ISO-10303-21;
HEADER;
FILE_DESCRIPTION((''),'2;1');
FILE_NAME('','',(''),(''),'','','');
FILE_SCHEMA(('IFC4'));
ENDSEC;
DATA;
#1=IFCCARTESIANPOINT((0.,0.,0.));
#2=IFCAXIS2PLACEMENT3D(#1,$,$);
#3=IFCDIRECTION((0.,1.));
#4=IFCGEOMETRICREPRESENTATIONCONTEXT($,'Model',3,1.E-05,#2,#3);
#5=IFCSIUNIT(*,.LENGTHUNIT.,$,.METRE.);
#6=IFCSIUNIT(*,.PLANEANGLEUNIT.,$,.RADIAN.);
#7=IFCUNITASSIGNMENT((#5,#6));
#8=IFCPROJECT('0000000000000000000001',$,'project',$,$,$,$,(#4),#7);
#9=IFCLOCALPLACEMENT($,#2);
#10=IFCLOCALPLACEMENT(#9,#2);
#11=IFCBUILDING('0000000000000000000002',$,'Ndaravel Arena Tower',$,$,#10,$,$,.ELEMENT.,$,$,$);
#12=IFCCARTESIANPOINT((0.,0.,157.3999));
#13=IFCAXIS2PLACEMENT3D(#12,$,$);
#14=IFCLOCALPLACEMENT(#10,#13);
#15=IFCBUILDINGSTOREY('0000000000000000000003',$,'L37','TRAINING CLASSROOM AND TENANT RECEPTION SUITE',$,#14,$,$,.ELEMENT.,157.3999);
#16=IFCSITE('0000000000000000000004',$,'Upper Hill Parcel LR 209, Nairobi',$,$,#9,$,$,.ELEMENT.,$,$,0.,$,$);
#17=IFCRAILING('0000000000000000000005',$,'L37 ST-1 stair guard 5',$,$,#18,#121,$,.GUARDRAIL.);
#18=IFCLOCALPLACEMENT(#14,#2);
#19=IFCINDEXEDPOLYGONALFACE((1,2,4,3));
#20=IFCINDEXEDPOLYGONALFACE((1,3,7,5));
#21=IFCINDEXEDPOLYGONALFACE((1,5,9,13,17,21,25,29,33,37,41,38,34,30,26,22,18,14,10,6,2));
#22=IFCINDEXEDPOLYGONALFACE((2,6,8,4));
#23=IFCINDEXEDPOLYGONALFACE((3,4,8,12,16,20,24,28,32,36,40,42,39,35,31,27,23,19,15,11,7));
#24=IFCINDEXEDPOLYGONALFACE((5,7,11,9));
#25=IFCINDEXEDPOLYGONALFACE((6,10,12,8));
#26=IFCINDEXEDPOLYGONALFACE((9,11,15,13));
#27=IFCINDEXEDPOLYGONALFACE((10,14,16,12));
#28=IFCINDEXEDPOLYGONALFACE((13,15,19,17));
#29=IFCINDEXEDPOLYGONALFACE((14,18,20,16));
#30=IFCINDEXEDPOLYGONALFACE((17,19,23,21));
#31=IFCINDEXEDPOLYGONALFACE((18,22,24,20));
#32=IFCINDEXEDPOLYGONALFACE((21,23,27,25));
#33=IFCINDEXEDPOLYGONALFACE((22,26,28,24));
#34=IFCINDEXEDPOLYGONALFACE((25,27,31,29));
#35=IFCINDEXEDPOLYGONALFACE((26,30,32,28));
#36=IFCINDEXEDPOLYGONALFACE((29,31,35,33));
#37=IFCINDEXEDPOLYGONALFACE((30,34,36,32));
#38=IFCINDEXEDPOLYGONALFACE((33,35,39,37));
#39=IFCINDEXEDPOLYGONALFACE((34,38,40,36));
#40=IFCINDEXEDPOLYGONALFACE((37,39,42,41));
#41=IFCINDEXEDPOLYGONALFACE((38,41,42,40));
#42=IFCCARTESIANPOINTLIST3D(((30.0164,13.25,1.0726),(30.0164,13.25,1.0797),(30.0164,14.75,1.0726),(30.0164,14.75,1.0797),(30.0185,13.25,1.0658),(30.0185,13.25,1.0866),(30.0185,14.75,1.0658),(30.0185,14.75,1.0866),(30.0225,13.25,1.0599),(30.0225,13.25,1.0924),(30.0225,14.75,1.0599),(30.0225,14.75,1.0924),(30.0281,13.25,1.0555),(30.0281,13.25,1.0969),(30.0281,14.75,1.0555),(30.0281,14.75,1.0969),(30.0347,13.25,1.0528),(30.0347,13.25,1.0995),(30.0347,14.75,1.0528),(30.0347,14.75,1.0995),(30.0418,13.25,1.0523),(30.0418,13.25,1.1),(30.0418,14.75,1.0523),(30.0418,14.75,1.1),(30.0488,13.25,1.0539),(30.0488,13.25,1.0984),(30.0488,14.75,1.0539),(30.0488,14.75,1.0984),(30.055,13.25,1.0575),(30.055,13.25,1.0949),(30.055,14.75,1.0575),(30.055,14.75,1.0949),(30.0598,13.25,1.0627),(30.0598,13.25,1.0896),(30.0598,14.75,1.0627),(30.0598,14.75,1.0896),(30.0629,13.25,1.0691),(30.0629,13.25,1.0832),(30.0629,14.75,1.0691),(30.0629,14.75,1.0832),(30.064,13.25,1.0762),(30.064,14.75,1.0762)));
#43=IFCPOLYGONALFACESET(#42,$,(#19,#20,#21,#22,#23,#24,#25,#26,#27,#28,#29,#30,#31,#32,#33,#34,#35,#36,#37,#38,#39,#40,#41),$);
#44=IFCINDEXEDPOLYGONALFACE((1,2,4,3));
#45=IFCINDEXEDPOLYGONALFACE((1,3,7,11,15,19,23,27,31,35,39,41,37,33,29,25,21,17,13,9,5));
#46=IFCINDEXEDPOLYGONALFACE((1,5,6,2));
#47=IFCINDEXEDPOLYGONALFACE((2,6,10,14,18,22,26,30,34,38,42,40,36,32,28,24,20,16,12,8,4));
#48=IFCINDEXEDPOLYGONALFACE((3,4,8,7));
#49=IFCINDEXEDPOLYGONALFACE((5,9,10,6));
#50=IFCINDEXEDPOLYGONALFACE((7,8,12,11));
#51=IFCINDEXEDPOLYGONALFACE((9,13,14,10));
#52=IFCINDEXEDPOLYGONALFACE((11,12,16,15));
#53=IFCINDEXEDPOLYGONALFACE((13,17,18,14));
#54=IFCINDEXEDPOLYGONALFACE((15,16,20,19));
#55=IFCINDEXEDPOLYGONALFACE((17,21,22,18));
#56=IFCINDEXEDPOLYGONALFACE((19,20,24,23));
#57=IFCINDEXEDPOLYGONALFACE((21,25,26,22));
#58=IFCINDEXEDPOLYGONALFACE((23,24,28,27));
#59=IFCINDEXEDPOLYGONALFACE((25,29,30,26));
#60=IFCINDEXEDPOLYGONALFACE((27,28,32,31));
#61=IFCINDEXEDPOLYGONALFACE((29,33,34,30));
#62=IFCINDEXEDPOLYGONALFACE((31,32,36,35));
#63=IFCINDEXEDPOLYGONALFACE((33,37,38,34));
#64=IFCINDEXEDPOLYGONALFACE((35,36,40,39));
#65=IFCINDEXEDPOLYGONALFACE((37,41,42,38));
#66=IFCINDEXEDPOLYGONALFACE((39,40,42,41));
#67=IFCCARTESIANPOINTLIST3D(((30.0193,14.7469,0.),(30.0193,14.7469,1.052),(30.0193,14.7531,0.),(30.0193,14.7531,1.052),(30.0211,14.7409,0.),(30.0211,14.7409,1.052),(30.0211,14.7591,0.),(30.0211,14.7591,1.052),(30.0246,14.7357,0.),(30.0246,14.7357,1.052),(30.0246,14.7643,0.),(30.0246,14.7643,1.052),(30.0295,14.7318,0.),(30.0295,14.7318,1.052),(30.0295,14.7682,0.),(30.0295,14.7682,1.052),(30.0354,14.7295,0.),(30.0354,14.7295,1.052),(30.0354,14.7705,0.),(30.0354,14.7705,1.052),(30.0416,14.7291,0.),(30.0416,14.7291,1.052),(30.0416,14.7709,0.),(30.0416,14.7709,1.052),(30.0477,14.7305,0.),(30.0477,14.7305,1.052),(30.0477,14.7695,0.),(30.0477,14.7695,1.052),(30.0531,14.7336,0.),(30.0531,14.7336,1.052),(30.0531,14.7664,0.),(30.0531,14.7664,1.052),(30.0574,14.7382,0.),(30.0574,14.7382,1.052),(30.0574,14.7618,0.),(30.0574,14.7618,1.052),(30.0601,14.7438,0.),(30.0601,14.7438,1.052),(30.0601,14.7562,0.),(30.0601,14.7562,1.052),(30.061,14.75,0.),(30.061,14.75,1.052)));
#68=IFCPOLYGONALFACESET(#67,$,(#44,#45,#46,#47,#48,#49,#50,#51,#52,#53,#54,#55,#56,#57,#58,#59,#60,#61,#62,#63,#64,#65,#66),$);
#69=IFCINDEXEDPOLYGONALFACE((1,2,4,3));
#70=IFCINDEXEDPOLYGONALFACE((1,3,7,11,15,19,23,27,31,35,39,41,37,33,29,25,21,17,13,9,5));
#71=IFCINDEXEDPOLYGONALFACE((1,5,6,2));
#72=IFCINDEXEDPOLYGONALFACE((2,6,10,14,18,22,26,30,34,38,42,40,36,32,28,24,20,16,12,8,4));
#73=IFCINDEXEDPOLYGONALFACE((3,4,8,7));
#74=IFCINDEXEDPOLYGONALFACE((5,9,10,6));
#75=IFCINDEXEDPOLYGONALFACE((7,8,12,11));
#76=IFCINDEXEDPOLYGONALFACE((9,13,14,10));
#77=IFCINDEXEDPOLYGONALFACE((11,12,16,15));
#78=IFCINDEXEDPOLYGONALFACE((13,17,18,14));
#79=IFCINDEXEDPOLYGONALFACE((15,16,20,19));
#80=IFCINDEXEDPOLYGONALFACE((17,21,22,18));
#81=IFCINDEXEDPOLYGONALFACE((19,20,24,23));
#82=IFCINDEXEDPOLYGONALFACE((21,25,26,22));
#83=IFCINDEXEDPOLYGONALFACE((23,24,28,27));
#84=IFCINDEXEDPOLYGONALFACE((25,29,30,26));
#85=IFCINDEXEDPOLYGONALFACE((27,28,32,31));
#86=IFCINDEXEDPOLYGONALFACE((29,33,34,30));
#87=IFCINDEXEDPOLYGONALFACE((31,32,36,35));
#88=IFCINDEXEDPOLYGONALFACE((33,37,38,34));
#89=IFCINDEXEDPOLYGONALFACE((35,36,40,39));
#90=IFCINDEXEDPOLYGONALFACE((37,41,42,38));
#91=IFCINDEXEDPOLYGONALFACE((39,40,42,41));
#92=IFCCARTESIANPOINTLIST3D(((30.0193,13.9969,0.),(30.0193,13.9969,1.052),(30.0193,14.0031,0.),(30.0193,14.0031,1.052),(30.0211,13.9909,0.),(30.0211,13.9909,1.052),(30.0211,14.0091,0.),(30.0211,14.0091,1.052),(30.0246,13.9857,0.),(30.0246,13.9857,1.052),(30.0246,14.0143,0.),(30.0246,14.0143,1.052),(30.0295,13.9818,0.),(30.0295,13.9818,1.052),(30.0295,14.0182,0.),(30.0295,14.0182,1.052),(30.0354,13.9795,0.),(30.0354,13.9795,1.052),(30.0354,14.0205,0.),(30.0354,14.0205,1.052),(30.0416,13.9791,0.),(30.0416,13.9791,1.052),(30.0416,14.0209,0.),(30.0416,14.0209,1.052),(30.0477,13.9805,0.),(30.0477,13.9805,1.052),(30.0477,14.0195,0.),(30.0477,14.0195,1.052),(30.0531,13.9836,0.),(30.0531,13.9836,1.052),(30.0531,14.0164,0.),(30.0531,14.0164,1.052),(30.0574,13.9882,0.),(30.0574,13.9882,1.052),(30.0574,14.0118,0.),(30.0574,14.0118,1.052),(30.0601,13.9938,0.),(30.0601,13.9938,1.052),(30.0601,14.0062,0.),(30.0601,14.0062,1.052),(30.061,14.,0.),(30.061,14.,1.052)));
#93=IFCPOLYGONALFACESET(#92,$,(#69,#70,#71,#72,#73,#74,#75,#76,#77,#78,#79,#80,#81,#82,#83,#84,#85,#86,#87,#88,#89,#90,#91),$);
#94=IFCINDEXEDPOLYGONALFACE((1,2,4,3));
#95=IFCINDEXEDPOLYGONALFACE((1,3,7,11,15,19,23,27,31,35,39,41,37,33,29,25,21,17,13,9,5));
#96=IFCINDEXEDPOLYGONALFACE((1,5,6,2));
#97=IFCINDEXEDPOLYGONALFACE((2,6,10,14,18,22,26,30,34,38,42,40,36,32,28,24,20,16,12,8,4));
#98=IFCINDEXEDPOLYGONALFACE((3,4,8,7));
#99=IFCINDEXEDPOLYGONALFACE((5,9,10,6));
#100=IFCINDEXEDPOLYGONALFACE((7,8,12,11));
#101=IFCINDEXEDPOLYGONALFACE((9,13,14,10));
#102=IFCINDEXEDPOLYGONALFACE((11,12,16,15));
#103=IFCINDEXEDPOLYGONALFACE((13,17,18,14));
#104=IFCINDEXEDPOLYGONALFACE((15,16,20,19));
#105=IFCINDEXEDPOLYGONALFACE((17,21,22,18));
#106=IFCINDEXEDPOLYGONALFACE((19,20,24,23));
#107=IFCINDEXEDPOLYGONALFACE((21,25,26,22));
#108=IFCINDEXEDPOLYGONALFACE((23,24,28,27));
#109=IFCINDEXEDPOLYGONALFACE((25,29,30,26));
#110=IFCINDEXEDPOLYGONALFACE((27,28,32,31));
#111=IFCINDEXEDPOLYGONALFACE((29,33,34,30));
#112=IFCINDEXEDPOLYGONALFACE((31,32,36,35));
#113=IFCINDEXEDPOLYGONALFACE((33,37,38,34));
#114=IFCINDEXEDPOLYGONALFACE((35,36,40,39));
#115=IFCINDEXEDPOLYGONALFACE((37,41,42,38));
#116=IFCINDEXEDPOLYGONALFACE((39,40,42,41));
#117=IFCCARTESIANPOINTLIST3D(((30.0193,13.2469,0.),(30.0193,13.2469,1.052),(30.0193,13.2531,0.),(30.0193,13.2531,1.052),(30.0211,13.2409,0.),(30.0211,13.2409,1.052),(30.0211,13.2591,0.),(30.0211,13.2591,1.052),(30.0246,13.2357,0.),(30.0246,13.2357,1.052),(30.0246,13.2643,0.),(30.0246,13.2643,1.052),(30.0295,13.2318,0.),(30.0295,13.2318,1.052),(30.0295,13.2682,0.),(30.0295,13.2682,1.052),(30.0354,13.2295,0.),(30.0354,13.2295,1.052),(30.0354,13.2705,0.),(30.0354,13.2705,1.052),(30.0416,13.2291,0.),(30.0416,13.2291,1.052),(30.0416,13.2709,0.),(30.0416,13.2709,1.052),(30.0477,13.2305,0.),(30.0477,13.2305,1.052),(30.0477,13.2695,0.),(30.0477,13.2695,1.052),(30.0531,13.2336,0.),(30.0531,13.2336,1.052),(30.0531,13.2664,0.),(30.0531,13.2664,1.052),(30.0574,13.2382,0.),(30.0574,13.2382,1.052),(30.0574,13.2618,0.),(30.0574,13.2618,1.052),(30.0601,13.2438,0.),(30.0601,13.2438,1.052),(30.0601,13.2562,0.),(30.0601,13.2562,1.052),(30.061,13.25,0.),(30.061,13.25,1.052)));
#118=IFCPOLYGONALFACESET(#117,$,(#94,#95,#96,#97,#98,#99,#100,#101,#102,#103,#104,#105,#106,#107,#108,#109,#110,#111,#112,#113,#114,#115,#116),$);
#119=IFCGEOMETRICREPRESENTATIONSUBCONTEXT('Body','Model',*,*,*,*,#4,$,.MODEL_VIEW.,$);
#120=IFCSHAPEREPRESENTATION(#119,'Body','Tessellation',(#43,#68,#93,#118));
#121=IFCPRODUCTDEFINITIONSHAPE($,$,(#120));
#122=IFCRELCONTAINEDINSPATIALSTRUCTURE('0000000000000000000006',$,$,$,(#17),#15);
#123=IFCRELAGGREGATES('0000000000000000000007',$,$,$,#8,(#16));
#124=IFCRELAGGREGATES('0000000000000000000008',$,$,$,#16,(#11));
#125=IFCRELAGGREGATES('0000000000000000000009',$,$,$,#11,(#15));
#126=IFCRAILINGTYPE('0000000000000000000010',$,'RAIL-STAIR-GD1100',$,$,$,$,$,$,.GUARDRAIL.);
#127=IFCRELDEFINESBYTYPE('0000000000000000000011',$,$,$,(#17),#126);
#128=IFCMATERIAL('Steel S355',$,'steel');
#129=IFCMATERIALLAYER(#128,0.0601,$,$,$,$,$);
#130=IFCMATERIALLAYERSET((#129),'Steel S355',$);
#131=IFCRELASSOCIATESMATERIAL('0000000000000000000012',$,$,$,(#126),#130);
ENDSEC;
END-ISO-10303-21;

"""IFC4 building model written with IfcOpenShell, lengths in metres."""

from ifc_helpers import new_model, si_unit, direction, frame, origin, origin_2d, place, context, subcontext, project, spatial, circle, extrude, material, layer, layer_set, type_object, element, save


model = new_model("IFC4")

# Units and contexts
model_context = context("Model", 3, precision=1e-05, world=origin(), true_north=direction((0.0, 1.0)))
body_context = subcontext(model_context, "Body", "Model", "MODEL_VIEW")
ifc_project = project(units=[si_unit("LENGTHUNIT", "METRE"), si_unit("PLANEANGLEUNIT", "RADIAN")], contexts=[model_context])

# Site, building, storey
site_placement = place(None, origin())
site = spatial("IfcSite", under=ifc_project, at=site_placement, Name="Upper Hill Parcel LR 209, Nairobi", CompositionType="ELEMENT", RefElevation=0.0)
building_placement = place(site_placement, origin())
building = spatial("IfcBuilding", under=site, at=building_placement, Name="Ndaravel Arena Tower", CompositionType="ELEMENT")
storey_placement = place(building_placement, frame((0.0, 0.0, 157.3999)))
storey = spatial("IfcBuildingStorey", under=building, at=storey_placement, Name="L37", Description="TRAINING CLASSROOM AND TENANT RECEPTION SUITE", CompositionType="ELEMENT", Elevation=157.3999)

# Railing
ifc_material_1 = material(Name="Steel S355", Category="steel")
ifc_layer_1 = layer(ifc_material_1, 0.0601)
ifc_layer_set_1 = layer_set([ifc_layer_1], Name="Steel S355")
railing_type = type_object("IfcRailingType", Name="RAIL-STAIR-GD1100", PredefinedType="GUARDRAIL", material=ifc_layer_set_1)
railing_placement = place(storey_placement, frame((30.04, 14.75, 0.0)))
element("IfcRailing", 1, at=railing_placement, inside=storey, type_object=railing_type, Name="L37 ST-1 stair guard 5", PredefinedType="GUARDRAIL", context=body_context, shape_type="SweptSolid", body=[
    extrude(circle(Radius=0.0239, at=origin_2d()), frame((0.0, 0.0, 1.0762), z_axis=(0.0, -1.0, 0.0), x_axis=(1.0, 0.0, 0.0)), (0.0, 0.0, 1.0), 1.5),
    extrude(circle(Radius=0.021, at=origin_2d()), origin(), (0.0, 0.0, 1.0), 1.052),
    extrude(circle(Radius=0.021, at=origin_2d()), frame((0.0, -0.75, 0.0)), (0.0, 0.0, 1.0), 1.052),
    extrude(circle(Radius=0.021, at=origin_2d()), frame((0.0, -1.5, 0.0)), (0.0, 0.0, 1.0), 1.052),
])

save(model, "model.ifc")
